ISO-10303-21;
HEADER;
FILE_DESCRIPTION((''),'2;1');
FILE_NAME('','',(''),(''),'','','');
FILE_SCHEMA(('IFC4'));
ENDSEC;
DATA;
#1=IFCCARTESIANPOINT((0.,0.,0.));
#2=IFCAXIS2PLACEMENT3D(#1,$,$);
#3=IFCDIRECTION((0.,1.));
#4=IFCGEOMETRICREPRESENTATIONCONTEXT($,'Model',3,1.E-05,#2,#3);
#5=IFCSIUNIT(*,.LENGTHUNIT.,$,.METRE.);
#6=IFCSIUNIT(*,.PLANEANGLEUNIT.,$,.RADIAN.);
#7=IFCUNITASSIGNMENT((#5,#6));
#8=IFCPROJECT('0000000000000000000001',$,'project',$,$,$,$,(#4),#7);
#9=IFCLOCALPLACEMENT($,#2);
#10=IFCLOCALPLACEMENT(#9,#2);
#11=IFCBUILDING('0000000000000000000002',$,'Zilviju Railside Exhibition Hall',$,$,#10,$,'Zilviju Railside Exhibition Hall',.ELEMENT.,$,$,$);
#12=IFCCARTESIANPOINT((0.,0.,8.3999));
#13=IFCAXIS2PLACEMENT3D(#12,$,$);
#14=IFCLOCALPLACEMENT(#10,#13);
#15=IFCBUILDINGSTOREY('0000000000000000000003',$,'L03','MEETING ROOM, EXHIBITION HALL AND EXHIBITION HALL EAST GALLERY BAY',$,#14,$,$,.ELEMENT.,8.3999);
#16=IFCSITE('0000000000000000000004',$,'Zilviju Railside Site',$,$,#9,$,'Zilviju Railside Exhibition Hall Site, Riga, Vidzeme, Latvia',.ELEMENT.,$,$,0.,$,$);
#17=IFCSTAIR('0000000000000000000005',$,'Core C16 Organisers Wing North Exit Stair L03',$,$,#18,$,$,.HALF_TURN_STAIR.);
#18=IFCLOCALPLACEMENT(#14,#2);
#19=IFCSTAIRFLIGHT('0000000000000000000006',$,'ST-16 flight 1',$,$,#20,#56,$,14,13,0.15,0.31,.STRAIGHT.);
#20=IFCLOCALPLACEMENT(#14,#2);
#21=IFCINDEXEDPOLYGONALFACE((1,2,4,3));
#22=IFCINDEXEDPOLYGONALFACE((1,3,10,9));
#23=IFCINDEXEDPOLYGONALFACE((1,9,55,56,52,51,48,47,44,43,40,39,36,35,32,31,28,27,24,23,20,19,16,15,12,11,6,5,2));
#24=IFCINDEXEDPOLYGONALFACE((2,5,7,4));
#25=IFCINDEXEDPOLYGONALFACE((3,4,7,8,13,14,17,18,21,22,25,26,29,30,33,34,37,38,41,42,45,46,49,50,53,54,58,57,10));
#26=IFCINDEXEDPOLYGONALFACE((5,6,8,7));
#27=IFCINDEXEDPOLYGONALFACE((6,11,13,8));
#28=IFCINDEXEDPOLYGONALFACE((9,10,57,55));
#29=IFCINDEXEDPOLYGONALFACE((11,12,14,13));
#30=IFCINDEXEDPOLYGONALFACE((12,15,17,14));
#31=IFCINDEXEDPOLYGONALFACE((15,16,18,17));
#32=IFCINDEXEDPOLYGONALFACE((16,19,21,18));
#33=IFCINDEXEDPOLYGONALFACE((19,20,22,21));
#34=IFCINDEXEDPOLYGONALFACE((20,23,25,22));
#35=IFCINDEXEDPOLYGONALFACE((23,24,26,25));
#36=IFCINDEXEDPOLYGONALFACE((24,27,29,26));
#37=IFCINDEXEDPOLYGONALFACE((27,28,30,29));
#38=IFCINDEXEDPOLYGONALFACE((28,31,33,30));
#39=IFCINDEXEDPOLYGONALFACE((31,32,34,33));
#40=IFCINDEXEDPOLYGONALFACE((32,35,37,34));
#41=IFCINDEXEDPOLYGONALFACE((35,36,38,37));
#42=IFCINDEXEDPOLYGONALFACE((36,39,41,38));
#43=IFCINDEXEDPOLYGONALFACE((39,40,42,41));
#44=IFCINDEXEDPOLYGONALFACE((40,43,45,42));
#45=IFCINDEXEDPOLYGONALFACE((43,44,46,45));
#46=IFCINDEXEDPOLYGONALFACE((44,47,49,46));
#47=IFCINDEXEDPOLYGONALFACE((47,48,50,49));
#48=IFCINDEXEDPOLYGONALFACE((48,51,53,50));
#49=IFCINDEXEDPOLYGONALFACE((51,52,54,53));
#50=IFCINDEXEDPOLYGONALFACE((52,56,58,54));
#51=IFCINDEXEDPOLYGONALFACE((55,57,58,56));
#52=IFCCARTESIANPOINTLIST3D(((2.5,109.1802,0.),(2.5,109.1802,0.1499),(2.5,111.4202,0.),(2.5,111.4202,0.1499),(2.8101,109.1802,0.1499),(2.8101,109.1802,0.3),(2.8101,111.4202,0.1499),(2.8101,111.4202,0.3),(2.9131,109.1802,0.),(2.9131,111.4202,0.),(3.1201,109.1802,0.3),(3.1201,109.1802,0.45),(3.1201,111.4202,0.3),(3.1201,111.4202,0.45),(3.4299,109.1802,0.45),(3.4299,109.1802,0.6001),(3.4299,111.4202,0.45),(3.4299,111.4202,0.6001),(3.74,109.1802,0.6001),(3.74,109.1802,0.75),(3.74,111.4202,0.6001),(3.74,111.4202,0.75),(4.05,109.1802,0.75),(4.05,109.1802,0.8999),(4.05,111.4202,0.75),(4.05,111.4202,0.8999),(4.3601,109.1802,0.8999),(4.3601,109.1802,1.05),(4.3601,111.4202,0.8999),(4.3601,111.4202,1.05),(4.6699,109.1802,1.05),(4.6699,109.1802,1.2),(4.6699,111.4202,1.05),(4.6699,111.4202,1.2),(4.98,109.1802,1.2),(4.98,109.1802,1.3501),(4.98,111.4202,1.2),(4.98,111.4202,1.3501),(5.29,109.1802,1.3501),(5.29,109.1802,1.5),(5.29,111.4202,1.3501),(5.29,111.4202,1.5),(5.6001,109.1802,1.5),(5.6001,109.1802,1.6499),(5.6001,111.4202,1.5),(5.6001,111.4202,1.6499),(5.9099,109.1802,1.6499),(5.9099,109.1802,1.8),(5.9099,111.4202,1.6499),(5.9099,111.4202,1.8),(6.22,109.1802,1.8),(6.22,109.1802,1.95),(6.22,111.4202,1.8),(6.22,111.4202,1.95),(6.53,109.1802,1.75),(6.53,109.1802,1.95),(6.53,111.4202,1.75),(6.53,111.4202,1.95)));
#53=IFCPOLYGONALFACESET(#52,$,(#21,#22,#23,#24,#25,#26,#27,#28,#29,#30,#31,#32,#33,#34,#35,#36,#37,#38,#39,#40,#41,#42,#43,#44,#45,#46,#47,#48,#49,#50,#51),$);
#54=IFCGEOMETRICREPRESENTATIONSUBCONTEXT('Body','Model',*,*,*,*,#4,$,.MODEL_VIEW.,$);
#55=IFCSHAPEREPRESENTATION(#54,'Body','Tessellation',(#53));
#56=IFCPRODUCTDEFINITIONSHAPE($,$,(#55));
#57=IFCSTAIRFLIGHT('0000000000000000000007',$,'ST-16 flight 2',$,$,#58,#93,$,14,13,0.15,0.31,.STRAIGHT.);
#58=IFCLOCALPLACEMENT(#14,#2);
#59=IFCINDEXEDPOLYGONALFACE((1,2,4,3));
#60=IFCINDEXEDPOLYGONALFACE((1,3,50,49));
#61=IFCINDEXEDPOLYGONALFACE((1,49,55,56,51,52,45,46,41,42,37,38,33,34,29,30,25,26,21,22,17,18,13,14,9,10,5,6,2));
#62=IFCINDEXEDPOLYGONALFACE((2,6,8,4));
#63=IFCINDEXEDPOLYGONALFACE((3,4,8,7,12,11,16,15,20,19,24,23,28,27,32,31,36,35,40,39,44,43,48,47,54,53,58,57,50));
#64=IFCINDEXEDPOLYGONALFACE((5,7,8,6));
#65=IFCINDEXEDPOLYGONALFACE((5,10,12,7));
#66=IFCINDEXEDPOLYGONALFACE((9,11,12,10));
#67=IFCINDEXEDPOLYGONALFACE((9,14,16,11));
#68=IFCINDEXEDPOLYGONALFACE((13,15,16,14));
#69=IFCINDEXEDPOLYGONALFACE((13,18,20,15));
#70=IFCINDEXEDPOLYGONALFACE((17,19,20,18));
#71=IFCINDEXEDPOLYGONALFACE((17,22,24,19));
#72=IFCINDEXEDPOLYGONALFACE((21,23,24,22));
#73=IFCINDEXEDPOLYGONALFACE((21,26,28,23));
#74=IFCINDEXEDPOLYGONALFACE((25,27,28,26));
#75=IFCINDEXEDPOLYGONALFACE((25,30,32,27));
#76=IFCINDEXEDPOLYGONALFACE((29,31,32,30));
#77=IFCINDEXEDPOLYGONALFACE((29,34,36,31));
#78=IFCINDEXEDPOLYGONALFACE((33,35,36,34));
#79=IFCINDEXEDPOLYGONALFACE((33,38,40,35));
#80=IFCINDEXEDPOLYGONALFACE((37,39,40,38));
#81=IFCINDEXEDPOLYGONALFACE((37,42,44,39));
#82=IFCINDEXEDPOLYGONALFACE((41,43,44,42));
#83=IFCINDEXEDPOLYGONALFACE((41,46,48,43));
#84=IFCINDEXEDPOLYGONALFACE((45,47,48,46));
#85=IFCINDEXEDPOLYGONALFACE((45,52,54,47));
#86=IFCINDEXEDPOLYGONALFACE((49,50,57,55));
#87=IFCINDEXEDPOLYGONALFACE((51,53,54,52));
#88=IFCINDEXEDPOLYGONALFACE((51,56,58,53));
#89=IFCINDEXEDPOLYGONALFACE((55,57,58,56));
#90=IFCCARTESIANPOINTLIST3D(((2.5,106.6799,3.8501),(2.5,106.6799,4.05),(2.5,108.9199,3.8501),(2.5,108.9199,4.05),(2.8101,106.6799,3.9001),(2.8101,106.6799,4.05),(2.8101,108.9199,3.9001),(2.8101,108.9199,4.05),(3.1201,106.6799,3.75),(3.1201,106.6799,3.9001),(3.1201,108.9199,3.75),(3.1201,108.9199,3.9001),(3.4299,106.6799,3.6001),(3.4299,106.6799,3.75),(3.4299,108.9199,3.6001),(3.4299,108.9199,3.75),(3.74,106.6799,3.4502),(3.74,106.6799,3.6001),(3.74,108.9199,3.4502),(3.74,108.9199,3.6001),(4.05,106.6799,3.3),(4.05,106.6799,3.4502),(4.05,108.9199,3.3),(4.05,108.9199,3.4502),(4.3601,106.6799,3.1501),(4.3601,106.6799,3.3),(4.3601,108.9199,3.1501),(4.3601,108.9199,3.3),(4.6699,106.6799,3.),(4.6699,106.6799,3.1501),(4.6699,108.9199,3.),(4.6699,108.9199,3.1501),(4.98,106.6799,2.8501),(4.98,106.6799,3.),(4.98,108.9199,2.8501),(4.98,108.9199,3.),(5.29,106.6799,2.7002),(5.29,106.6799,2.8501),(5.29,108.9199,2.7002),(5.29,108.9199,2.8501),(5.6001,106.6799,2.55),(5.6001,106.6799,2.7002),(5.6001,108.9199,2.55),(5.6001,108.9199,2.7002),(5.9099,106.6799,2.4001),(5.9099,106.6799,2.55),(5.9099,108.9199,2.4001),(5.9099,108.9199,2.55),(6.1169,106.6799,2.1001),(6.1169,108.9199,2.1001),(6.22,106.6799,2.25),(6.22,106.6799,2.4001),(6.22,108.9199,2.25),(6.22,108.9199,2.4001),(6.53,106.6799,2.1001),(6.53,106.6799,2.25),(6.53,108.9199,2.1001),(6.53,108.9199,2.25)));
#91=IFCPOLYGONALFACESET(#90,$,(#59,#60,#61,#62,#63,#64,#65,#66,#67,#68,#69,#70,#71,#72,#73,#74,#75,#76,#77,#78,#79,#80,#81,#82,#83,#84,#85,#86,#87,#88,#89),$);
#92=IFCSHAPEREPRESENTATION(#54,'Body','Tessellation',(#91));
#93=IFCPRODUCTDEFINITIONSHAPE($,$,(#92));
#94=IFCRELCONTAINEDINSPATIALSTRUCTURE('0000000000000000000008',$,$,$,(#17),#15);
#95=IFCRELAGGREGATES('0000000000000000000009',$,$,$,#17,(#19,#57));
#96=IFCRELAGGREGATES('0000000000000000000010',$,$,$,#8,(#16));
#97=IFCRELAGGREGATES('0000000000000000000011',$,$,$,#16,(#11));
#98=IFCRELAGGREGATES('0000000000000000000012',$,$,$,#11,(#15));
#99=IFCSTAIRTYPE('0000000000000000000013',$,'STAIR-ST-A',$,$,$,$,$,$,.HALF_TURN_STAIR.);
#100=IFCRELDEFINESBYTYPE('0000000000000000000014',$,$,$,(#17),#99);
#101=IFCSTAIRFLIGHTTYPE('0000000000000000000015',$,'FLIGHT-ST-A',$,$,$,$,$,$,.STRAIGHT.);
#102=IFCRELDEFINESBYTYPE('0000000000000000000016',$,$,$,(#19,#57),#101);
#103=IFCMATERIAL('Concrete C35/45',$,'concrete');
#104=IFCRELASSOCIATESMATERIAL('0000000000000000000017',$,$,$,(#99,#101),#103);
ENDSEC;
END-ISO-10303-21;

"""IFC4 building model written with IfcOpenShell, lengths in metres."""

from ifc_helpers import new_model, si_unit, direction, frame, origin, place, context, subcontext, project, spatial, polyline, outline, extrude, material, type_object, element, aggregate, save


model = new_model("IFC4")

# Units and contexts
model_context = context("Model", 3, precision=1e-05, world=origin(), true_north=direction((0.0, 1.0)))
body_context = subcontext(model_context, "Body", "Model", "MODEL_VIEW")
ifc_project = project(units=[si_unit("LENGTHUNIT", "METRE"), si_unit("PLANEANGLEUNIT", "RADIAN")], contexts=[model_context])

# Site, building, storey
site_placement = place(None, origin())
site = spatial("IfcSite", under=ifc_project, at=site_placement, Name="Zilviju Railside Site", LongName="Zilviju Railside Exhibition Hall Site, Riga, Vidzeme, Latvia", CompositionType="ELEMENT", RefElevation=0.0)
building_placement = place(site_placement, origin())
building = spatial("IfcBuilding", under=site, at=building_placement, Name="Zilviju Railside Exhibition Hall", LongName="Zilviju Railside Exhibition Hall", CompositionType="ELEMENT")
storey_placement = place(building_placement, frame((0.0, 0.0, 8.3999)))
storey = spatial("IfcBuildingStorey", under=building, at=storey_placement, Name="L03", Description="MEETING ROOM, EXHIBITION HALL AND EXHIBITION HALL EAST GALLERY BAY", CompositionType="ELEMENT", Elevation=8.3999)

# Shared definitions
ifc_material_1 = material(Name="Concrete C35/45", Category="concrete")

# Stair, stair flights
stair_type = type_object("IfcStairType", Name="STAIR-ST-A", PredefinedType="HALF_TURN_STAIR", material=ifc_material_1)
stair_placement = place(storey_placement, origin())
stair = element("IfcStair", 1, at=stair_placement, inside=storey, type_object=stair_type, Name="Core C16 Organisers Wing North Exit Stair L03", PredefinedType="HALF_TURN_STAIR")
stair_flight_type = type_object("IfcStairFlightType", Name="FLIGHT-ST-A", PredefinedType="STRAIGHT", material=ifc_material_1)
stair_flight_1_placement = place(storey_placement, frame((2.5, 110.3, 0.0), z_axis=(0.0, 0.0, 1.0), x_axis=(1.0, 0.0, 0.0)))
stair_flight_1 = element("IfcStairFlight", 2, at=stair_flight_1_placement, type_object=stair_flight_type, Name="ST-16 flight 1", NumberOfRisers=14, NumberOfTreads=13, PredefinedType="STRAIGHT", RiserHeight=0.15, TreadLength=0.31, context=body_context, shape_type="SweptSolid", body=[
    extrude(outline(polyline([(0.0, 0.0), (0.0, 0.1499), (0.3101, 0.1499), (0.3101, 0.3), (0.6201, 0.3), (0.6201, 0.45), (0.9299, 0.45), (0.9299, 0.6001), (1.24, 0.6001), (1.24, 0.75), (1.55, 0.75), (1.55, 0.8999), (1.8601, 0.8999), (1.8601, 1.05), (2.1699, 1.05), (2.1699, 1.2), (2.48, 1.2), (2.48, 1.3501), (2.79, 1.3501), (2.79, 1.5), (3.1001, 1.5), (3.1001, 1.6499), (3.4099, 1.6499), (3.4099, 1.8), (3.72, 1.8), (3.72, 1.95), (4.03, 1.95), (4.03, 2.1001), (4.03, 1.75), (0.4131, 0.0), (0.0, 0.0)])), frame((0.0, 1.1201, 0.0), z_axis=(0.0, -1.0, 0.0), x_axis=(1.0, 0.0, 0.0)), (0.0, 0.0, 1.0), 2.24),
])
stair_flight_2_placement = place(storey_placement, frame((6.53, 107.8, 2.1001), z_axis=(0.0, 0.0, 1.0), x_axis=(-1.0, 0.0, 0.0)))
stair_flight_2 = element("IfcStairFlight", 3, at=stair_flight_2_placement, type_object=stair_flight_type, Name="ST-16 flight 2", NumberOfRisers=14, NumberOfTreads=13, PredefinedType="STRAIGHT", RiserHeight=0.15, TreadLength=0.31, context=body_context, shape_type="SweptSolid", body=[
    extrude(outline(polyline([(0.0, 0.0), (0.0, 0.1499), (0.3101, 0.1499), (0.3101, 0.3), (0.6201, 0.3), (0.6201, 0.45), (0.9299, 0.45), (0.9299, 0.6001), (1.24, 0.6001), (1.24, 0.75), (1.55, 0.75), (1.55, 0.8999), (1.8601, 0.8999), (1.8601, 1.05), (2.1699, 1.05), (2.1699, 1.2), (2.48, 1.2), (2.48, 1.3501), (2.79, 1.3501), (2.79, 1.5), (3.1001, 1.5), (3.1001, 1.6499), (3.4099, 1.6499), (3.4099, 1.8), (3.72, 1.8), (3.72, 1.95), (4.03, 1.95), (4.03, 2.1001), (4.03, 1.75), (0.4131, 0.0), (0.0, 0.0)])), frame((0.0, 1.1201, 0.0), z_axis=(0.0, -1.0, 0.0), x_axis=(1.0, 0.0, 0.0)), (0.0, 0.0, 1.0), 2.24),
])
aggregate(stair, [stair_flight_1, stair_flight_2])

save(model, "model.ifc")
